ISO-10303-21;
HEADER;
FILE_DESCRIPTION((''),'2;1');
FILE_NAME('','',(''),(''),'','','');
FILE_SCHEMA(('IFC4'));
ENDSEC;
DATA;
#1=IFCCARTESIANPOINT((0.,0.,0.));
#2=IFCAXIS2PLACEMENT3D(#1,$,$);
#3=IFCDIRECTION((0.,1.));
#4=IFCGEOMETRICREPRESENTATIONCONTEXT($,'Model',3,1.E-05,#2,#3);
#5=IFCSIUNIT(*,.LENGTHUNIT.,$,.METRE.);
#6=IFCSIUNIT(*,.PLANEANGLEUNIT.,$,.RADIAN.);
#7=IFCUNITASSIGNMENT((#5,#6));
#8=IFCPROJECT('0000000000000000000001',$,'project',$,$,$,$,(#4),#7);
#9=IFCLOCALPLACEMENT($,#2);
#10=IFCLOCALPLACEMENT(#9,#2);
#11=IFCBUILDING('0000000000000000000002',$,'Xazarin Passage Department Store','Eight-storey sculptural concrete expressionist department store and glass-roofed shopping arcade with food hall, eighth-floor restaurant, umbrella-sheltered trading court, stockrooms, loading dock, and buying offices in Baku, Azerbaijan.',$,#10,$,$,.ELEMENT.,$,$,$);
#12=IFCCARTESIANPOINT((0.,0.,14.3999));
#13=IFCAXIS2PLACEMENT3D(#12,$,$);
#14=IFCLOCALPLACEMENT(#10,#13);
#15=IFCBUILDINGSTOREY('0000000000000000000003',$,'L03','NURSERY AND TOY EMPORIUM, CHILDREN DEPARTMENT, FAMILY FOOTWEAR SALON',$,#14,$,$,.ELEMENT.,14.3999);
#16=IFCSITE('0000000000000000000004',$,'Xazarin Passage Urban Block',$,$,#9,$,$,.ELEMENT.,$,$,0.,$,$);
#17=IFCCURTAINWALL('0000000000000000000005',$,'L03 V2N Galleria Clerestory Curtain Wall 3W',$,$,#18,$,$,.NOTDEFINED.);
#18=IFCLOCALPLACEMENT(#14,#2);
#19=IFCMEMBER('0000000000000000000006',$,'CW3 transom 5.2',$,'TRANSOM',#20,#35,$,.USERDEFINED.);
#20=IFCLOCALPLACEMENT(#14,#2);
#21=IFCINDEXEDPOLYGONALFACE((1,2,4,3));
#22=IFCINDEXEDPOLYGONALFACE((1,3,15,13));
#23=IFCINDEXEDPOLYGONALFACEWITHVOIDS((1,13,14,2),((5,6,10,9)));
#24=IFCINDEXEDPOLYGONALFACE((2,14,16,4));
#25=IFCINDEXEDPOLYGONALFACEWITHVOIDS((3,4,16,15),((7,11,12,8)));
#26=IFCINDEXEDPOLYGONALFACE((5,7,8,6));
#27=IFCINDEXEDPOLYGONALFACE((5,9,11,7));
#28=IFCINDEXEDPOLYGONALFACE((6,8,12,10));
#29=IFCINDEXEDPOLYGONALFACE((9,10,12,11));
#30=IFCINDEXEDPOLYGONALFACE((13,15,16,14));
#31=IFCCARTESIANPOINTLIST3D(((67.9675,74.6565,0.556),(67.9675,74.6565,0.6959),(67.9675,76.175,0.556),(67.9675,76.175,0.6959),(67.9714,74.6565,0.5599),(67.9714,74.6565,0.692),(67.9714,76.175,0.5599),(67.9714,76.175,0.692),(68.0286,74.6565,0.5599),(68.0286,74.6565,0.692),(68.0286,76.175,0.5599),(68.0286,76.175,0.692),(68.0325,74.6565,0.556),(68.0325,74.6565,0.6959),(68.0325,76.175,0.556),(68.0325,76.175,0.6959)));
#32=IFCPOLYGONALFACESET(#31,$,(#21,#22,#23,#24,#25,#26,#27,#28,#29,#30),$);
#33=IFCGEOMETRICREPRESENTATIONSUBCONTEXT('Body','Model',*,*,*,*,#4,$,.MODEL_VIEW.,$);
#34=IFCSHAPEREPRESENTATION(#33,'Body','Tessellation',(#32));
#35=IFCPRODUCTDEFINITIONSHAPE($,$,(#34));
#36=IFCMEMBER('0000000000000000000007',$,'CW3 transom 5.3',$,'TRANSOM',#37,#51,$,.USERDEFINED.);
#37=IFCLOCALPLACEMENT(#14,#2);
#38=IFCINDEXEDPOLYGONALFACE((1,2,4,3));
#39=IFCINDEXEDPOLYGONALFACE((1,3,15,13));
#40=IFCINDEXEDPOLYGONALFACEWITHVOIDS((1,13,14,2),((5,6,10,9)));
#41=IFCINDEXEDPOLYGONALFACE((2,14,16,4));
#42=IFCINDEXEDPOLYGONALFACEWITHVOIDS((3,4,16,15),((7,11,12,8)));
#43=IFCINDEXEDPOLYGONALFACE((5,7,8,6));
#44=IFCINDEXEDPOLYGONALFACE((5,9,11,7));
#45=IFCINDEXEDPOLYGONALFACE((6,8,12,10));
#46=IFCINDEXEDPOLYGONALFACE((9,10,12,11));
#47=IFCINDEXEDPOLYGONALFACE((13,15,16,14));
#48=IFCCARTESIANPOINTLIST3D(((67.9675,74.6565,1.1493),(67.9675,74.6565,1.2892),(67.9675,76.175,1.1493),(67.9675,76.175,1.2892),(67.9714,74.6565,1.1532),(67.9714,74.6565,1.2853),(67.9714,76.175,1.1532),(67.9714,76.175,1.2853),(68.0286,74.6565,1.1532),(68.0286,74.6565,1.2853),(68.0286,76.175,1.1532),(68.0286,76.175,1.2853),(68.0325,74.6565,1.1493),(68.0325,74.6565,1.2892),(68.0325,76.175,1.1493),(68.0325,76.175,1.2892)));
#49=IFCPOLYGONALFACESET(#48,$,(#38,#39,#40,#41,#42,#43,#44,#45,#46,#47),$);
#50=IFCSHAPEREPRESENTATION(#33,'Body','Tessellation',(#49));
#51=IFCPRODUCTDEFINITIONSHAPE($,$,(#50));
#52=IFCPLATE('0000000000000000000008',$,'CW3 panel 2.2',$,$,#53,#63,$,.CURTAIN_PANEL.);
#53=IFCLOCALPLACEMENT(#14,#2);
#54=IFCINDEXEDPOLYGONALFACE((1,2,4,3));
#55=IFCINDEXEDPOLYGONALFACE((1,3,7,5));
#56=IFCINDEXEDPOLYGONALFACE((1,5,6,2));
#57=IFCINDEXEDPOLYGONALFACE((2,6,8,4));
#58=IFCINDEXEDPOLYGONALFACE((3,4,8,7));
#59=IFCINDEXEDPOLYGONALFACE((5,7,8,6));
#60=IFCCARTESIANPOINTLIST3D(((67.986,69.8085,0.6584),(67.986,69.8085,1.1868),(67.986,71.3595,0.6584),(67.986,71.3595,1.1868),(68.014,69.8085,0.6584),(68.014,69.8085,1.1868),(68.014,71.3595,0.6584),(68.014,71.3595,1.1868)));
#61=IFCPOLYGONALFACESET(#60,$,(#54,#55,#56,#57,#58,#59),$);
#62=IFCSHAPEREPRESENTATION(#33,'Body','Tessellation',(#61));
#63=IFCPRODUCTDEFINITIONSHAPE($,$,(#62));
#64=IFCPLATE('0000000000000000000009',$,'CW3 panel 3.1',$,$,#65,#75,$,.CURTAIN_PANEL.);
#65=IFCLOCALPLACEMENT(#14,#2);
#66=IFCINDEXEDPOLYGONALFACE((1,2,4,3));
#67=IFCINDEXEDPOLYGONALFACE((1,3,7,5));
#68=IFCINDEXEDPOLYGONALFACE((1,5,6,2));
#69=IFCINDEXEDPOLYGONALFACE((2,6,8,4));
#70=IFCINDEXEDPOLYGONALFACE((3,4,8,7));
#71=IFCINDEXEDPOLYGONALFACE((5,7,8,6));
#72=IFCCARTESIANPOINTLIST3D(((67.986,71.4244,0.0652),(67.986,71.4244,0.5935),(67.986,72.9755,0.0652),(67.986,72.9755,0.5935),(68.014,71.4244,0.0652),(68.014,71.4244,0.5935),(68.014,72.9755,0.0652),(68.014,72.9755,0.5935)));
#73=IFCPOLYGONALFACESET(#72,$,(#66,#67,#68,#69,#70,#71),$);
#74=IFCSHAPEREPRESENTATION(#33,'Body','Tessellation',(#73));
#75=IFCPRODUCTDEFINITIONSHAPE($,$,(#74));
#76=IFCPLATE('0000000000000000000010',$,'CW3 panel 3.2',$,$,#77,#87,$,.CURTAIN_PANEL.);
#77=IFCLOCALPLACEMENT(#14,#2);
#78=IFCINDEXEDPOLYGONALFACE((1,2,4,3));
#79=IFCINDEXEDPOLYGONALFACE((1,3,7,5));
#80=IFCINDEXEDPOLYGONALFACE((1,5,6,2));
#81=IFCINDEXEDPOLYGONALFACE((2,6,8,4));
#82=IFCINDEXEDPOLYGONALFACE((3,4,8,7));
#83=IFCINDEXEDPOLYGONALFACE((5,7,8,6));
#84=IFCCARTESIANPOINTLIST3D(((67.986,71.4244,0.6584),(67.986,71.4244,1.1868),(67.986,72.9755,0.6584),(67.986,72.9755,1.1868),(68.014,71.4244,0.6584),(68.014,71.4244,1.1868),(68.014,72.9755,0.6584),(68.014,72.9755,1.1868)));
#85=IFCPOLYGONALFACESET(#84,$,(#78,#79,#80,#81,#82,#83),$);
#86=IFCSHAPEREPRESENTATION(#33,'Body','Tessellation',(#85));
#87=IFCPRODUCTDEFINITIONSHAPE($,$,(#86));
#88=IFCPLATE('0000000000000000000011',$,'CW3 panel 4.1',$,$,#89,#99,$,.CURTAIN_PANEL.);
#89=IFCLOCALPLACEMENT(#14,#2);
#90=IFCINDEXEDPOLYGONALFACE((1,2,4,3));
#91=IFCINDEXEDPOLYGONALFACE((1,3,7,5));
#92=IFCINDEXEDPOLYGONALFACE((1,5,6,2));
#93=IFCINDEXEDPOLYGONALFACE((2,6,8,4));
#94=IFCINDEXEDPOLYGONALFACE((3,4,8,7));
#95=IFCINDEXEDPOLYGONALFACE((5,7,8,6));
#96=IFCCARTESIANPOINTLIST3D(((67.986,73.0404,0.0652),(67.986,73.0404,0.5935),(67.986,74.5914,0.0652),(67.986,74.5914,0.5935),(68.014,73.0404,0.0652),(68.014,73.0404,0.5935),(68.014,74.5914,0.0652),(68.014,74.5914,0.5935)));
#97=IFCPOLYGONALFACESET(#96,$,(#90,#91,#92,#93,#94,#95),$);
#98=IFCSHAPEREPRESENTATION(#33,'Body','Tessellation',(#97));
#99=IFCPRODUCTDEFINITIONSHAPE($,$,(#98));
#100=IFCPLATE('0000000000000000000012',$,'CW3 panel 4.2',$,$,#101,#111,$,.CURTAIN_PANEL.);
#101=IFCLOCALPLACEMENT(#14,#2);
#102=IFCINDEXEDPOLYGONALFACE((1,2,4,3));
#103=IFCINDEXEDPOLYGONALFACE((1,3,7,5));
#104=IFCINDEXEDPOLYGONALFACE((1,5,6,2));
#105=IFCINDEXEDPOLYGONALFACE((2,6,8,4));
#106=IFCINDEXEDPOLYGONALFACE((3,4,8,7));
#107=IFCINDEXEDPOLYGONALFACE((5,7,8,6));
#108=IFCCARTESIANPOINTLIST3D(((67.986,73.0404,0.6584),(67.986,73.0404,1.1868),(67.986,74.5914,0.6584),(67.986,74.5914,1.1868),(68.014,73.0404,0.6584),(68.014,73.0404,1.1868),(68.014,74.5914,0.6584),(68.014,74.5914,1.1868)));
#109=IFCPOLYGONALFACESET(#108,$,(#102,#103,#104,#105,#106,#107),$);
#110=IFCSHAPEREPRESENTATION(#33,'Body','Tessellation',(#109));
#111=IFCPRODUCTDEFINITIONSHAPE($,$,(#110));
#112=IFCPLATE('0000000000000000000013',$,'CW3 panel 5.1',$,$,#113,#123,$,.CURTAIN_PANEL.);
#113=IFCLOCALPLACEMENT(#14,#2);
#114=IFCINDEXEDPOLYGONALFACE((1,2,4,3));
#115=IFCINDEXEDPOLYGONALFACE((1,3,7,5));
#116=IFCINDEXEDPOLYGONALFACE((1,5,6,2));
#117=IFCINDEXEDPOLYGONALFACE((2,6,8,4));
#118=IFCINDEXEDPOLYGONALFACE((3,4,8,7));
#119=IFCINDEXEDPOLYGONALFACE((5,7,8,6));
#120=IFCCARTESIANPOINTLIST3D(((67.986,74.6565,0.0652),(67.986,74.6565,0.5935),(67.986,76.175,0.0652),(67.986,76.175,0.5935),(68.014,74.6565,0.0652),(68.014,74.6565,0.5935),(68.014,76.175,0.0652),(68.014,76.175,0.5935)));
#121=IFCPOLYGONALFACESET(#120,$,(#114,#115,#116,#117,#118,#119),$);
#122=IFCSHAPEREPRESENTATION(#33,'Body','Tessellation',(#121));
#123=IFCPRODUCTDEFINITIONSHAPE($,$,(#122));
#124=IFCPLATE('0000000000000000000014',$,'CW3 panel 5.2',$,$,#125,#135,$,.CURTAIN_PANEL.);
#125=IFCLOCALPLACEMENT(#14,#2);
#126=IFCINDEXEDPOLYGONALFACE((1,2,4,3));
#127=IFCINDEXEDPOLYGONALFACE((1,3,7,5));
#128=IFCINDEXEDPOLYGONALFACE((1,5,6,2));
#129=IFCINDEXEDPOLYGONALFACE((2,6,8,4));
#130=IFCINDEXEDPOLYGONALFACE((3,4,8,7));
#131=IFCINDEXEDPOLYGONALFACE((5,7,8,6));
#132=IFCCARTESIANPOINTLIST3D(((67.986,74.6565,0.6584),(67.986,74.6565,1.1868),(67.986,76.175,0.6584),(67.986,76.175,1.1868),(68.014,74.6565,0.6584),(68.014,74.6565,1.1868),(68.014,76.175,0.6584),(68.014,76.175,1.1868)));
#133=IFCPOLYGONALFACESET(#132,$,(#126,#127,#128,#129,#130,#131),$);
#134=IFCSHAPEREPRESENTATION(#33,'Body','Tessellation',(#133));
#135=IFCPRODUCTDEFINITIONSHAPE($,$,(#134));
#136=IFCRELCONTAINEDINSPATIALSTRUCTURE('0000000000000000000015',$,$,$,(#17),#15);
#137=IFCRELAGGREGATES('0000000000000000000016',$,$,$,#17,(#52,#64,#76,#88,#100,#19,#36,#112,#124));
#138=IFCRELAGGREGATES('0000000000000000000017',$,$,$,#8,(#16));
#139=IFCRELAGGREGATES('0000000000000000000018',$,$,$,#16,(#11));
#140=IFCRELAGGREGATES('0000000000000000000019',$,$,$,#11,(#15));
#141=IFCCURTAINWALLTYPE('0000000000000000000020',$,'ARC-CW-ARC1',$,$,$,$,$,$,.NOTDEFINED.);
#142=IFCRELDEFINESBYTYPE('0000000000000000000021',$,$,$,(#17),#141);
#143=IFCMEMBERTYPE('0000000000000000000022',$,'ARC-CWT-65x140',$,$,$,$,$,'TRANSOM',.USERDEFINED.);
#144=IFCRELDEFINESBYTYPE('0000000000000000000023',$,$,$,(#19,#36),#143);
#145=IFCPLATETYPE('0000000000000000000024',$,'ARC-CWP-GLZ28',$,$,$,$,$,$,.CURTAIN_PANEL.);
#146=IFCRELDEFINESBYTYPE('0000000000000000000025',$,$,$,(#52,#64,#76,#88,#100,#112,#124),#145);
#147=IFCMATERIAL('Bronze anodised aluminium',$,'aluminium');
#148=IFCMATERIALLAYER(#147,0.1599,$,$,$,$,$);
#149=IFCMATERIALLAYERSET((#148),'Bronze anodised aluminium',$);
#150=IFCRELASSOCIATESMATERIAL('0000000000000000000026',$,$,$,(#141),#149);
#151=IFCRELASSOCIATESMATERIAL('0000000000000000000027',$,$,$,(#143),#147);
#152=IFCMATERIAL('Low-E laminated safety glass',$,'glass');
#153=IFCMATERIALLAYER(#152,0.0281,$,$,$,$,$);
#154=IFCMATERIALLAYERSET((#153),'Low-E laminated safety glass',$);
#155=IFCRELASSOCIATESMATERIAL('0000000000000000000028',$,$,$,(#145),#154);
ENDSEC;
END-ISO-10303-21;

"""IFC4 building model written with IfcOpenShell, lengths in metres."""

from ifc_helpers import new_model, si_unit, direction, frame, origin, origin_2d, place, context, subcontext, project, spatial, rectangle, hollow_rectangle, extrude, material, layer, layer_set, material_profile, profile_set, type_object, element, aggregate, save


model = new_model("IFC4")

# Units and contexts
model_context = context("Model", 3, precision=1e-05, world=origin(), true_north=direction((0.0, 1.0)))
body_context = subcontext(model_context, "Body", "Model", "MODEL_VIEW")
ifc_project = project(units=[si_unit("LENGTHUNIT", "METRE"), si_unit("PLANEANGLEUNIT", "RADIAN")], contexts=[model_context])

# Site, building, storey
site_placement = place(None, origin())
site = spatial("IfcSite", under=ifc_project, at=site_placement, Name="Xazarin Passage Urban Block", CompositionType="ELEMENT", RefElevation=0.0)
building_placement = place(site_placement, origin())
building = spatial("IfcBuilding", under=site, at=building_placement, Name="Xazarin Passage Department Store", Description="Eight-storey sculptural concrete expressionist department store and glass-roofed shopping arcade with food hall, eighth-floor restaurant, umbrella-sheltered trading court, stockrooms, loading dock, and buying offices in Baku, Azerbaijan.", CompositionType="ELEMENT")
storey_placement = place(building_placement, frame((0.0, 0.0, 14.3999)))
storey = spatial("IfcBuildingStorey", under=building, at=storey_placement, Name="L03", Description="NURSERY AND TOY EMPORIUM, CHILDREN DEPARTMENT, FAMILY FOOTWEAR SALON", CompositionType="ELEMENT", Elevation=14.3999)

# Curtain wall, members, plates
ifc_material_1 = material(Name="Bronze anodised aluminium", Category="aluminium")
ifc_layer_1 = layer(ifc_material_1, 0.1599)
ifc_layer_set_1 = layer_set([ifc_layer_1], Name="Bronze anodised aluminium")
curtain_wall_type = type_object("IfcCurtainWallType", Name="ARC-CW-ARC1", PredefinedType="NOTDEFINED", material=ifc_layer_set_1)
curtain_wall_placement = place(storey_placement, origin())
curtain_wall = element("IfcCurtainWall", 1, at=curtain_wall_placement, inside=storey, type_object=curtain_wall_type, Name="L03 V2N Galleria Clerestory Curtain Wall 3W", PredefinedType="NOTDEFINED")
ifc_material_profile_1 = material_profile(ifc_material_1, hollow_rectangle(XDim=0.0649, YDim=0.1399, WallThickness=0.0039, at=origin_2d()), Name="ALU 65x140")
ifc_profile_set_1 = profile_set([ifc_material_profile_1], Name="Bronze anodised aluminium")
member_type_1 = type_object("IfcMemberType", Name="ARC-CWT-65x140", ElementType="TRANSOM", PredefinedType="USERDEFINED", material=ifc_profile_set_1)
member_1_placement = place(storey_placement, frame((68.0, 74.6565, 0.626), z_axis=(0.0, 1.0, 0.0), x_axis=(-1.0, 0.0, 0.0)))
member_1 = element("IfcMember", 2, at=member_1_placement, type_object=member_type_1, Name="CW3 transom 5.2", ObjectType="TRANSOM", PredefinedType="USERDEFINED", context=body_context, shape_type="SweptSolid", body=[
    extrude(hollow_rectangle(XDim=0.0649, YDim=0.1399, WallThickness=0.0039, at=origin_2d()), origin(), (0.0, 0.0, 1.0), 1.5186),
])
member_2_placement = place(storey_placement, frame((68.0, 74.6565, 1.2192), z_axis=(0.0, 1.0, 0.0), x_axis=(-1.0, 0.0, 0.0)))
member_2 = element("IfcMember", 3, at=member_2_placement, type_object=member_type_1, Name="CW3 transom 5.3", ObjectType="TRANSOM", PredefinedType="USERDEFINED", context=body_context, shape_type="SweptSolid", body=[
    extrude(hollow_rectangle(XDim=0.0649, YDim=0.1399, WallThickness=0.0039, at=origin_2d()), origin(), (0.0, 0.0, 1.0), 1.5186),
])
ifc_material_2 = material(Name="Low-E laminated safety glass", Category="glass")
ifc_layer_2 = layer(ifc_material_2, 0.0281)
ifc_layer_set_2 = layer_set([ifc_layer_2], Name="Low-E laminated safety glass")
plate_type = type_object("IfcPlateType", Name="ARC-CWP-GLZ28", PredefinedType="CURTAIN_PANEL", material=ifc_layer_set_2)
plate_1_placement = place(storey_placement, frame((68.0, 70.584, 0.6584), z_axis=(0.0, 0.0, 1.0), x_axis=(0.0, 1.0, 0.0)))
plate_1 = element("IfcPlate", 4, at=plate_1_placement, type_object=plate_type, Name="CW3 panel 2.2", PredefinedType="CURTAIN_PANEL", context=body_context, shape_type="SweptSolid", body=[
    extrude(rectangle(XDim=1.551, YDim=0.0281, at=origin_2d()), origin(), (0.0, 0.0, 1.0), 0.5283),
])
plate_2_placement = place(storey_placement, frame((68.0, 72.2, 0.0652), z_axis=(0.0, 0.0, 1.0), x_axis=(0.0, 1.0, 0.0)))
plate_2 = element("IfcPlate", 5, at=plate_2_placement, type_object=plate_type, Name="CW3 panel 3.1", PredefinedType="CURTAIN_PANEL", context=body_context, shape_type="SweptSolid", body=[
    extrude(rectangle(XDim=1.551, YDim=0.0281, at=origin_2d()), origin(), (0.0, 0.0, 1.0), 0.5283),
])
plate_3_placement = place(storey_placement, frame((68.0, 72.2, 0.6584), z_axis=(0.0, 0.0, 1.0), x_axis=(0.0, 1.0, 0.0)))
plate_3 = element("IfcPlate", 6, at=plate_3_placement, type_object=plate_type, Name="CW3 panel 3.2", PredefinedType="CURTAIN_PANEL", context=body_context, shape_type="SweptSolid", body=[
    extrude(rectangle(XDim=1.551, YDim=0.0281, at=origin_2d()), origin(), (0.0, 0.0, 1.0), 0.5283),
])
plate_4_placement = place(storey_placement, frame((68.0, 73.8159, 0.0652), z_axis=(0.0, 0.0, 1.0), x_axis=(0.0, 1.0, 0.0)))
plate_4 = element("IfcPlate", 7, at=plate_4_placement, type_object=plate_type, Name="CW3 panel 4.1", PredefinedType="CURTAIN_PANEL", context=body_context, shape_type="SweptSolid", body=[
    extrude(rectangle(XDim=1.551, YDim=0.0281, at=origin_2d()), origin(), (0.0, 0.0, 1.0), 0.5283),
])
plate_5_placement = place(storey_placement, frame((68.0, 73.8159, 0.6584), z_axis=(0.0, 0.0, 1.0), x_axis=(0.0, 1.0, 0.0)))
plate_5 = element("IfcPlate", 8, at=plate_5_placement, type_object=plate_type, Name="CW3 panel 4.2", PredefinedType="CURTAIN_PANEL", context=body_context, shape_type="SweptSolid", body=[
    extrude(rectangle(XDim=1.551, YDim=0.0281, at=origin_2d()), origin(), (0.0, 0.0, 1.0), 0.5283),
])
plate_6_placement = place(storey_placement, frame((68.0, 75.4158, 0.0652), z_axis=(0.0, 0.0, 1.0), x_axis=(0.0, 1.0, 0.0)))
plate_6 = element("IfcPlate", 9, at=plate_6_placement, type_object=plate_type, Name="CW3 panel 5.1", PredefinedType="CURTAIN_PANEL", context=body_context, shape_type="SweptSolid", body=[
    extrude(rectangle(XDim=1.5186, YDim=0.0281, at=origin_2d()), origin(), (0.0, 0.0, 1.0), 0.5283),
])
plate_7_placement = place(storey_placement, frame((68.0, 75.4158, 0.6584), z_axis=(0.0, 0.0, 1.0), x_axis=(0.0, 1.0, 0.0)))
plate_7 = element("IfcPlate", 10, at=plate_7_placement, type_object=plate_type, Name="CW3 panel 5.2", PredefinedType="CURTAIN_PANEL", context=body_context, shape_type="SweptSolid", body=[
    extrude(rectangle(XDim=1.5186, YDim=0.0281, at=origin_2d()), origin(), (0.0, 0.0, 1.0), 0.5283),
])
aggregate(curtain_wall, [plate_1, plate_2, plate_3, plate_4, plate_5, member_1, member_2, plate_6, plate_7])

save(model, "model.ifc")
